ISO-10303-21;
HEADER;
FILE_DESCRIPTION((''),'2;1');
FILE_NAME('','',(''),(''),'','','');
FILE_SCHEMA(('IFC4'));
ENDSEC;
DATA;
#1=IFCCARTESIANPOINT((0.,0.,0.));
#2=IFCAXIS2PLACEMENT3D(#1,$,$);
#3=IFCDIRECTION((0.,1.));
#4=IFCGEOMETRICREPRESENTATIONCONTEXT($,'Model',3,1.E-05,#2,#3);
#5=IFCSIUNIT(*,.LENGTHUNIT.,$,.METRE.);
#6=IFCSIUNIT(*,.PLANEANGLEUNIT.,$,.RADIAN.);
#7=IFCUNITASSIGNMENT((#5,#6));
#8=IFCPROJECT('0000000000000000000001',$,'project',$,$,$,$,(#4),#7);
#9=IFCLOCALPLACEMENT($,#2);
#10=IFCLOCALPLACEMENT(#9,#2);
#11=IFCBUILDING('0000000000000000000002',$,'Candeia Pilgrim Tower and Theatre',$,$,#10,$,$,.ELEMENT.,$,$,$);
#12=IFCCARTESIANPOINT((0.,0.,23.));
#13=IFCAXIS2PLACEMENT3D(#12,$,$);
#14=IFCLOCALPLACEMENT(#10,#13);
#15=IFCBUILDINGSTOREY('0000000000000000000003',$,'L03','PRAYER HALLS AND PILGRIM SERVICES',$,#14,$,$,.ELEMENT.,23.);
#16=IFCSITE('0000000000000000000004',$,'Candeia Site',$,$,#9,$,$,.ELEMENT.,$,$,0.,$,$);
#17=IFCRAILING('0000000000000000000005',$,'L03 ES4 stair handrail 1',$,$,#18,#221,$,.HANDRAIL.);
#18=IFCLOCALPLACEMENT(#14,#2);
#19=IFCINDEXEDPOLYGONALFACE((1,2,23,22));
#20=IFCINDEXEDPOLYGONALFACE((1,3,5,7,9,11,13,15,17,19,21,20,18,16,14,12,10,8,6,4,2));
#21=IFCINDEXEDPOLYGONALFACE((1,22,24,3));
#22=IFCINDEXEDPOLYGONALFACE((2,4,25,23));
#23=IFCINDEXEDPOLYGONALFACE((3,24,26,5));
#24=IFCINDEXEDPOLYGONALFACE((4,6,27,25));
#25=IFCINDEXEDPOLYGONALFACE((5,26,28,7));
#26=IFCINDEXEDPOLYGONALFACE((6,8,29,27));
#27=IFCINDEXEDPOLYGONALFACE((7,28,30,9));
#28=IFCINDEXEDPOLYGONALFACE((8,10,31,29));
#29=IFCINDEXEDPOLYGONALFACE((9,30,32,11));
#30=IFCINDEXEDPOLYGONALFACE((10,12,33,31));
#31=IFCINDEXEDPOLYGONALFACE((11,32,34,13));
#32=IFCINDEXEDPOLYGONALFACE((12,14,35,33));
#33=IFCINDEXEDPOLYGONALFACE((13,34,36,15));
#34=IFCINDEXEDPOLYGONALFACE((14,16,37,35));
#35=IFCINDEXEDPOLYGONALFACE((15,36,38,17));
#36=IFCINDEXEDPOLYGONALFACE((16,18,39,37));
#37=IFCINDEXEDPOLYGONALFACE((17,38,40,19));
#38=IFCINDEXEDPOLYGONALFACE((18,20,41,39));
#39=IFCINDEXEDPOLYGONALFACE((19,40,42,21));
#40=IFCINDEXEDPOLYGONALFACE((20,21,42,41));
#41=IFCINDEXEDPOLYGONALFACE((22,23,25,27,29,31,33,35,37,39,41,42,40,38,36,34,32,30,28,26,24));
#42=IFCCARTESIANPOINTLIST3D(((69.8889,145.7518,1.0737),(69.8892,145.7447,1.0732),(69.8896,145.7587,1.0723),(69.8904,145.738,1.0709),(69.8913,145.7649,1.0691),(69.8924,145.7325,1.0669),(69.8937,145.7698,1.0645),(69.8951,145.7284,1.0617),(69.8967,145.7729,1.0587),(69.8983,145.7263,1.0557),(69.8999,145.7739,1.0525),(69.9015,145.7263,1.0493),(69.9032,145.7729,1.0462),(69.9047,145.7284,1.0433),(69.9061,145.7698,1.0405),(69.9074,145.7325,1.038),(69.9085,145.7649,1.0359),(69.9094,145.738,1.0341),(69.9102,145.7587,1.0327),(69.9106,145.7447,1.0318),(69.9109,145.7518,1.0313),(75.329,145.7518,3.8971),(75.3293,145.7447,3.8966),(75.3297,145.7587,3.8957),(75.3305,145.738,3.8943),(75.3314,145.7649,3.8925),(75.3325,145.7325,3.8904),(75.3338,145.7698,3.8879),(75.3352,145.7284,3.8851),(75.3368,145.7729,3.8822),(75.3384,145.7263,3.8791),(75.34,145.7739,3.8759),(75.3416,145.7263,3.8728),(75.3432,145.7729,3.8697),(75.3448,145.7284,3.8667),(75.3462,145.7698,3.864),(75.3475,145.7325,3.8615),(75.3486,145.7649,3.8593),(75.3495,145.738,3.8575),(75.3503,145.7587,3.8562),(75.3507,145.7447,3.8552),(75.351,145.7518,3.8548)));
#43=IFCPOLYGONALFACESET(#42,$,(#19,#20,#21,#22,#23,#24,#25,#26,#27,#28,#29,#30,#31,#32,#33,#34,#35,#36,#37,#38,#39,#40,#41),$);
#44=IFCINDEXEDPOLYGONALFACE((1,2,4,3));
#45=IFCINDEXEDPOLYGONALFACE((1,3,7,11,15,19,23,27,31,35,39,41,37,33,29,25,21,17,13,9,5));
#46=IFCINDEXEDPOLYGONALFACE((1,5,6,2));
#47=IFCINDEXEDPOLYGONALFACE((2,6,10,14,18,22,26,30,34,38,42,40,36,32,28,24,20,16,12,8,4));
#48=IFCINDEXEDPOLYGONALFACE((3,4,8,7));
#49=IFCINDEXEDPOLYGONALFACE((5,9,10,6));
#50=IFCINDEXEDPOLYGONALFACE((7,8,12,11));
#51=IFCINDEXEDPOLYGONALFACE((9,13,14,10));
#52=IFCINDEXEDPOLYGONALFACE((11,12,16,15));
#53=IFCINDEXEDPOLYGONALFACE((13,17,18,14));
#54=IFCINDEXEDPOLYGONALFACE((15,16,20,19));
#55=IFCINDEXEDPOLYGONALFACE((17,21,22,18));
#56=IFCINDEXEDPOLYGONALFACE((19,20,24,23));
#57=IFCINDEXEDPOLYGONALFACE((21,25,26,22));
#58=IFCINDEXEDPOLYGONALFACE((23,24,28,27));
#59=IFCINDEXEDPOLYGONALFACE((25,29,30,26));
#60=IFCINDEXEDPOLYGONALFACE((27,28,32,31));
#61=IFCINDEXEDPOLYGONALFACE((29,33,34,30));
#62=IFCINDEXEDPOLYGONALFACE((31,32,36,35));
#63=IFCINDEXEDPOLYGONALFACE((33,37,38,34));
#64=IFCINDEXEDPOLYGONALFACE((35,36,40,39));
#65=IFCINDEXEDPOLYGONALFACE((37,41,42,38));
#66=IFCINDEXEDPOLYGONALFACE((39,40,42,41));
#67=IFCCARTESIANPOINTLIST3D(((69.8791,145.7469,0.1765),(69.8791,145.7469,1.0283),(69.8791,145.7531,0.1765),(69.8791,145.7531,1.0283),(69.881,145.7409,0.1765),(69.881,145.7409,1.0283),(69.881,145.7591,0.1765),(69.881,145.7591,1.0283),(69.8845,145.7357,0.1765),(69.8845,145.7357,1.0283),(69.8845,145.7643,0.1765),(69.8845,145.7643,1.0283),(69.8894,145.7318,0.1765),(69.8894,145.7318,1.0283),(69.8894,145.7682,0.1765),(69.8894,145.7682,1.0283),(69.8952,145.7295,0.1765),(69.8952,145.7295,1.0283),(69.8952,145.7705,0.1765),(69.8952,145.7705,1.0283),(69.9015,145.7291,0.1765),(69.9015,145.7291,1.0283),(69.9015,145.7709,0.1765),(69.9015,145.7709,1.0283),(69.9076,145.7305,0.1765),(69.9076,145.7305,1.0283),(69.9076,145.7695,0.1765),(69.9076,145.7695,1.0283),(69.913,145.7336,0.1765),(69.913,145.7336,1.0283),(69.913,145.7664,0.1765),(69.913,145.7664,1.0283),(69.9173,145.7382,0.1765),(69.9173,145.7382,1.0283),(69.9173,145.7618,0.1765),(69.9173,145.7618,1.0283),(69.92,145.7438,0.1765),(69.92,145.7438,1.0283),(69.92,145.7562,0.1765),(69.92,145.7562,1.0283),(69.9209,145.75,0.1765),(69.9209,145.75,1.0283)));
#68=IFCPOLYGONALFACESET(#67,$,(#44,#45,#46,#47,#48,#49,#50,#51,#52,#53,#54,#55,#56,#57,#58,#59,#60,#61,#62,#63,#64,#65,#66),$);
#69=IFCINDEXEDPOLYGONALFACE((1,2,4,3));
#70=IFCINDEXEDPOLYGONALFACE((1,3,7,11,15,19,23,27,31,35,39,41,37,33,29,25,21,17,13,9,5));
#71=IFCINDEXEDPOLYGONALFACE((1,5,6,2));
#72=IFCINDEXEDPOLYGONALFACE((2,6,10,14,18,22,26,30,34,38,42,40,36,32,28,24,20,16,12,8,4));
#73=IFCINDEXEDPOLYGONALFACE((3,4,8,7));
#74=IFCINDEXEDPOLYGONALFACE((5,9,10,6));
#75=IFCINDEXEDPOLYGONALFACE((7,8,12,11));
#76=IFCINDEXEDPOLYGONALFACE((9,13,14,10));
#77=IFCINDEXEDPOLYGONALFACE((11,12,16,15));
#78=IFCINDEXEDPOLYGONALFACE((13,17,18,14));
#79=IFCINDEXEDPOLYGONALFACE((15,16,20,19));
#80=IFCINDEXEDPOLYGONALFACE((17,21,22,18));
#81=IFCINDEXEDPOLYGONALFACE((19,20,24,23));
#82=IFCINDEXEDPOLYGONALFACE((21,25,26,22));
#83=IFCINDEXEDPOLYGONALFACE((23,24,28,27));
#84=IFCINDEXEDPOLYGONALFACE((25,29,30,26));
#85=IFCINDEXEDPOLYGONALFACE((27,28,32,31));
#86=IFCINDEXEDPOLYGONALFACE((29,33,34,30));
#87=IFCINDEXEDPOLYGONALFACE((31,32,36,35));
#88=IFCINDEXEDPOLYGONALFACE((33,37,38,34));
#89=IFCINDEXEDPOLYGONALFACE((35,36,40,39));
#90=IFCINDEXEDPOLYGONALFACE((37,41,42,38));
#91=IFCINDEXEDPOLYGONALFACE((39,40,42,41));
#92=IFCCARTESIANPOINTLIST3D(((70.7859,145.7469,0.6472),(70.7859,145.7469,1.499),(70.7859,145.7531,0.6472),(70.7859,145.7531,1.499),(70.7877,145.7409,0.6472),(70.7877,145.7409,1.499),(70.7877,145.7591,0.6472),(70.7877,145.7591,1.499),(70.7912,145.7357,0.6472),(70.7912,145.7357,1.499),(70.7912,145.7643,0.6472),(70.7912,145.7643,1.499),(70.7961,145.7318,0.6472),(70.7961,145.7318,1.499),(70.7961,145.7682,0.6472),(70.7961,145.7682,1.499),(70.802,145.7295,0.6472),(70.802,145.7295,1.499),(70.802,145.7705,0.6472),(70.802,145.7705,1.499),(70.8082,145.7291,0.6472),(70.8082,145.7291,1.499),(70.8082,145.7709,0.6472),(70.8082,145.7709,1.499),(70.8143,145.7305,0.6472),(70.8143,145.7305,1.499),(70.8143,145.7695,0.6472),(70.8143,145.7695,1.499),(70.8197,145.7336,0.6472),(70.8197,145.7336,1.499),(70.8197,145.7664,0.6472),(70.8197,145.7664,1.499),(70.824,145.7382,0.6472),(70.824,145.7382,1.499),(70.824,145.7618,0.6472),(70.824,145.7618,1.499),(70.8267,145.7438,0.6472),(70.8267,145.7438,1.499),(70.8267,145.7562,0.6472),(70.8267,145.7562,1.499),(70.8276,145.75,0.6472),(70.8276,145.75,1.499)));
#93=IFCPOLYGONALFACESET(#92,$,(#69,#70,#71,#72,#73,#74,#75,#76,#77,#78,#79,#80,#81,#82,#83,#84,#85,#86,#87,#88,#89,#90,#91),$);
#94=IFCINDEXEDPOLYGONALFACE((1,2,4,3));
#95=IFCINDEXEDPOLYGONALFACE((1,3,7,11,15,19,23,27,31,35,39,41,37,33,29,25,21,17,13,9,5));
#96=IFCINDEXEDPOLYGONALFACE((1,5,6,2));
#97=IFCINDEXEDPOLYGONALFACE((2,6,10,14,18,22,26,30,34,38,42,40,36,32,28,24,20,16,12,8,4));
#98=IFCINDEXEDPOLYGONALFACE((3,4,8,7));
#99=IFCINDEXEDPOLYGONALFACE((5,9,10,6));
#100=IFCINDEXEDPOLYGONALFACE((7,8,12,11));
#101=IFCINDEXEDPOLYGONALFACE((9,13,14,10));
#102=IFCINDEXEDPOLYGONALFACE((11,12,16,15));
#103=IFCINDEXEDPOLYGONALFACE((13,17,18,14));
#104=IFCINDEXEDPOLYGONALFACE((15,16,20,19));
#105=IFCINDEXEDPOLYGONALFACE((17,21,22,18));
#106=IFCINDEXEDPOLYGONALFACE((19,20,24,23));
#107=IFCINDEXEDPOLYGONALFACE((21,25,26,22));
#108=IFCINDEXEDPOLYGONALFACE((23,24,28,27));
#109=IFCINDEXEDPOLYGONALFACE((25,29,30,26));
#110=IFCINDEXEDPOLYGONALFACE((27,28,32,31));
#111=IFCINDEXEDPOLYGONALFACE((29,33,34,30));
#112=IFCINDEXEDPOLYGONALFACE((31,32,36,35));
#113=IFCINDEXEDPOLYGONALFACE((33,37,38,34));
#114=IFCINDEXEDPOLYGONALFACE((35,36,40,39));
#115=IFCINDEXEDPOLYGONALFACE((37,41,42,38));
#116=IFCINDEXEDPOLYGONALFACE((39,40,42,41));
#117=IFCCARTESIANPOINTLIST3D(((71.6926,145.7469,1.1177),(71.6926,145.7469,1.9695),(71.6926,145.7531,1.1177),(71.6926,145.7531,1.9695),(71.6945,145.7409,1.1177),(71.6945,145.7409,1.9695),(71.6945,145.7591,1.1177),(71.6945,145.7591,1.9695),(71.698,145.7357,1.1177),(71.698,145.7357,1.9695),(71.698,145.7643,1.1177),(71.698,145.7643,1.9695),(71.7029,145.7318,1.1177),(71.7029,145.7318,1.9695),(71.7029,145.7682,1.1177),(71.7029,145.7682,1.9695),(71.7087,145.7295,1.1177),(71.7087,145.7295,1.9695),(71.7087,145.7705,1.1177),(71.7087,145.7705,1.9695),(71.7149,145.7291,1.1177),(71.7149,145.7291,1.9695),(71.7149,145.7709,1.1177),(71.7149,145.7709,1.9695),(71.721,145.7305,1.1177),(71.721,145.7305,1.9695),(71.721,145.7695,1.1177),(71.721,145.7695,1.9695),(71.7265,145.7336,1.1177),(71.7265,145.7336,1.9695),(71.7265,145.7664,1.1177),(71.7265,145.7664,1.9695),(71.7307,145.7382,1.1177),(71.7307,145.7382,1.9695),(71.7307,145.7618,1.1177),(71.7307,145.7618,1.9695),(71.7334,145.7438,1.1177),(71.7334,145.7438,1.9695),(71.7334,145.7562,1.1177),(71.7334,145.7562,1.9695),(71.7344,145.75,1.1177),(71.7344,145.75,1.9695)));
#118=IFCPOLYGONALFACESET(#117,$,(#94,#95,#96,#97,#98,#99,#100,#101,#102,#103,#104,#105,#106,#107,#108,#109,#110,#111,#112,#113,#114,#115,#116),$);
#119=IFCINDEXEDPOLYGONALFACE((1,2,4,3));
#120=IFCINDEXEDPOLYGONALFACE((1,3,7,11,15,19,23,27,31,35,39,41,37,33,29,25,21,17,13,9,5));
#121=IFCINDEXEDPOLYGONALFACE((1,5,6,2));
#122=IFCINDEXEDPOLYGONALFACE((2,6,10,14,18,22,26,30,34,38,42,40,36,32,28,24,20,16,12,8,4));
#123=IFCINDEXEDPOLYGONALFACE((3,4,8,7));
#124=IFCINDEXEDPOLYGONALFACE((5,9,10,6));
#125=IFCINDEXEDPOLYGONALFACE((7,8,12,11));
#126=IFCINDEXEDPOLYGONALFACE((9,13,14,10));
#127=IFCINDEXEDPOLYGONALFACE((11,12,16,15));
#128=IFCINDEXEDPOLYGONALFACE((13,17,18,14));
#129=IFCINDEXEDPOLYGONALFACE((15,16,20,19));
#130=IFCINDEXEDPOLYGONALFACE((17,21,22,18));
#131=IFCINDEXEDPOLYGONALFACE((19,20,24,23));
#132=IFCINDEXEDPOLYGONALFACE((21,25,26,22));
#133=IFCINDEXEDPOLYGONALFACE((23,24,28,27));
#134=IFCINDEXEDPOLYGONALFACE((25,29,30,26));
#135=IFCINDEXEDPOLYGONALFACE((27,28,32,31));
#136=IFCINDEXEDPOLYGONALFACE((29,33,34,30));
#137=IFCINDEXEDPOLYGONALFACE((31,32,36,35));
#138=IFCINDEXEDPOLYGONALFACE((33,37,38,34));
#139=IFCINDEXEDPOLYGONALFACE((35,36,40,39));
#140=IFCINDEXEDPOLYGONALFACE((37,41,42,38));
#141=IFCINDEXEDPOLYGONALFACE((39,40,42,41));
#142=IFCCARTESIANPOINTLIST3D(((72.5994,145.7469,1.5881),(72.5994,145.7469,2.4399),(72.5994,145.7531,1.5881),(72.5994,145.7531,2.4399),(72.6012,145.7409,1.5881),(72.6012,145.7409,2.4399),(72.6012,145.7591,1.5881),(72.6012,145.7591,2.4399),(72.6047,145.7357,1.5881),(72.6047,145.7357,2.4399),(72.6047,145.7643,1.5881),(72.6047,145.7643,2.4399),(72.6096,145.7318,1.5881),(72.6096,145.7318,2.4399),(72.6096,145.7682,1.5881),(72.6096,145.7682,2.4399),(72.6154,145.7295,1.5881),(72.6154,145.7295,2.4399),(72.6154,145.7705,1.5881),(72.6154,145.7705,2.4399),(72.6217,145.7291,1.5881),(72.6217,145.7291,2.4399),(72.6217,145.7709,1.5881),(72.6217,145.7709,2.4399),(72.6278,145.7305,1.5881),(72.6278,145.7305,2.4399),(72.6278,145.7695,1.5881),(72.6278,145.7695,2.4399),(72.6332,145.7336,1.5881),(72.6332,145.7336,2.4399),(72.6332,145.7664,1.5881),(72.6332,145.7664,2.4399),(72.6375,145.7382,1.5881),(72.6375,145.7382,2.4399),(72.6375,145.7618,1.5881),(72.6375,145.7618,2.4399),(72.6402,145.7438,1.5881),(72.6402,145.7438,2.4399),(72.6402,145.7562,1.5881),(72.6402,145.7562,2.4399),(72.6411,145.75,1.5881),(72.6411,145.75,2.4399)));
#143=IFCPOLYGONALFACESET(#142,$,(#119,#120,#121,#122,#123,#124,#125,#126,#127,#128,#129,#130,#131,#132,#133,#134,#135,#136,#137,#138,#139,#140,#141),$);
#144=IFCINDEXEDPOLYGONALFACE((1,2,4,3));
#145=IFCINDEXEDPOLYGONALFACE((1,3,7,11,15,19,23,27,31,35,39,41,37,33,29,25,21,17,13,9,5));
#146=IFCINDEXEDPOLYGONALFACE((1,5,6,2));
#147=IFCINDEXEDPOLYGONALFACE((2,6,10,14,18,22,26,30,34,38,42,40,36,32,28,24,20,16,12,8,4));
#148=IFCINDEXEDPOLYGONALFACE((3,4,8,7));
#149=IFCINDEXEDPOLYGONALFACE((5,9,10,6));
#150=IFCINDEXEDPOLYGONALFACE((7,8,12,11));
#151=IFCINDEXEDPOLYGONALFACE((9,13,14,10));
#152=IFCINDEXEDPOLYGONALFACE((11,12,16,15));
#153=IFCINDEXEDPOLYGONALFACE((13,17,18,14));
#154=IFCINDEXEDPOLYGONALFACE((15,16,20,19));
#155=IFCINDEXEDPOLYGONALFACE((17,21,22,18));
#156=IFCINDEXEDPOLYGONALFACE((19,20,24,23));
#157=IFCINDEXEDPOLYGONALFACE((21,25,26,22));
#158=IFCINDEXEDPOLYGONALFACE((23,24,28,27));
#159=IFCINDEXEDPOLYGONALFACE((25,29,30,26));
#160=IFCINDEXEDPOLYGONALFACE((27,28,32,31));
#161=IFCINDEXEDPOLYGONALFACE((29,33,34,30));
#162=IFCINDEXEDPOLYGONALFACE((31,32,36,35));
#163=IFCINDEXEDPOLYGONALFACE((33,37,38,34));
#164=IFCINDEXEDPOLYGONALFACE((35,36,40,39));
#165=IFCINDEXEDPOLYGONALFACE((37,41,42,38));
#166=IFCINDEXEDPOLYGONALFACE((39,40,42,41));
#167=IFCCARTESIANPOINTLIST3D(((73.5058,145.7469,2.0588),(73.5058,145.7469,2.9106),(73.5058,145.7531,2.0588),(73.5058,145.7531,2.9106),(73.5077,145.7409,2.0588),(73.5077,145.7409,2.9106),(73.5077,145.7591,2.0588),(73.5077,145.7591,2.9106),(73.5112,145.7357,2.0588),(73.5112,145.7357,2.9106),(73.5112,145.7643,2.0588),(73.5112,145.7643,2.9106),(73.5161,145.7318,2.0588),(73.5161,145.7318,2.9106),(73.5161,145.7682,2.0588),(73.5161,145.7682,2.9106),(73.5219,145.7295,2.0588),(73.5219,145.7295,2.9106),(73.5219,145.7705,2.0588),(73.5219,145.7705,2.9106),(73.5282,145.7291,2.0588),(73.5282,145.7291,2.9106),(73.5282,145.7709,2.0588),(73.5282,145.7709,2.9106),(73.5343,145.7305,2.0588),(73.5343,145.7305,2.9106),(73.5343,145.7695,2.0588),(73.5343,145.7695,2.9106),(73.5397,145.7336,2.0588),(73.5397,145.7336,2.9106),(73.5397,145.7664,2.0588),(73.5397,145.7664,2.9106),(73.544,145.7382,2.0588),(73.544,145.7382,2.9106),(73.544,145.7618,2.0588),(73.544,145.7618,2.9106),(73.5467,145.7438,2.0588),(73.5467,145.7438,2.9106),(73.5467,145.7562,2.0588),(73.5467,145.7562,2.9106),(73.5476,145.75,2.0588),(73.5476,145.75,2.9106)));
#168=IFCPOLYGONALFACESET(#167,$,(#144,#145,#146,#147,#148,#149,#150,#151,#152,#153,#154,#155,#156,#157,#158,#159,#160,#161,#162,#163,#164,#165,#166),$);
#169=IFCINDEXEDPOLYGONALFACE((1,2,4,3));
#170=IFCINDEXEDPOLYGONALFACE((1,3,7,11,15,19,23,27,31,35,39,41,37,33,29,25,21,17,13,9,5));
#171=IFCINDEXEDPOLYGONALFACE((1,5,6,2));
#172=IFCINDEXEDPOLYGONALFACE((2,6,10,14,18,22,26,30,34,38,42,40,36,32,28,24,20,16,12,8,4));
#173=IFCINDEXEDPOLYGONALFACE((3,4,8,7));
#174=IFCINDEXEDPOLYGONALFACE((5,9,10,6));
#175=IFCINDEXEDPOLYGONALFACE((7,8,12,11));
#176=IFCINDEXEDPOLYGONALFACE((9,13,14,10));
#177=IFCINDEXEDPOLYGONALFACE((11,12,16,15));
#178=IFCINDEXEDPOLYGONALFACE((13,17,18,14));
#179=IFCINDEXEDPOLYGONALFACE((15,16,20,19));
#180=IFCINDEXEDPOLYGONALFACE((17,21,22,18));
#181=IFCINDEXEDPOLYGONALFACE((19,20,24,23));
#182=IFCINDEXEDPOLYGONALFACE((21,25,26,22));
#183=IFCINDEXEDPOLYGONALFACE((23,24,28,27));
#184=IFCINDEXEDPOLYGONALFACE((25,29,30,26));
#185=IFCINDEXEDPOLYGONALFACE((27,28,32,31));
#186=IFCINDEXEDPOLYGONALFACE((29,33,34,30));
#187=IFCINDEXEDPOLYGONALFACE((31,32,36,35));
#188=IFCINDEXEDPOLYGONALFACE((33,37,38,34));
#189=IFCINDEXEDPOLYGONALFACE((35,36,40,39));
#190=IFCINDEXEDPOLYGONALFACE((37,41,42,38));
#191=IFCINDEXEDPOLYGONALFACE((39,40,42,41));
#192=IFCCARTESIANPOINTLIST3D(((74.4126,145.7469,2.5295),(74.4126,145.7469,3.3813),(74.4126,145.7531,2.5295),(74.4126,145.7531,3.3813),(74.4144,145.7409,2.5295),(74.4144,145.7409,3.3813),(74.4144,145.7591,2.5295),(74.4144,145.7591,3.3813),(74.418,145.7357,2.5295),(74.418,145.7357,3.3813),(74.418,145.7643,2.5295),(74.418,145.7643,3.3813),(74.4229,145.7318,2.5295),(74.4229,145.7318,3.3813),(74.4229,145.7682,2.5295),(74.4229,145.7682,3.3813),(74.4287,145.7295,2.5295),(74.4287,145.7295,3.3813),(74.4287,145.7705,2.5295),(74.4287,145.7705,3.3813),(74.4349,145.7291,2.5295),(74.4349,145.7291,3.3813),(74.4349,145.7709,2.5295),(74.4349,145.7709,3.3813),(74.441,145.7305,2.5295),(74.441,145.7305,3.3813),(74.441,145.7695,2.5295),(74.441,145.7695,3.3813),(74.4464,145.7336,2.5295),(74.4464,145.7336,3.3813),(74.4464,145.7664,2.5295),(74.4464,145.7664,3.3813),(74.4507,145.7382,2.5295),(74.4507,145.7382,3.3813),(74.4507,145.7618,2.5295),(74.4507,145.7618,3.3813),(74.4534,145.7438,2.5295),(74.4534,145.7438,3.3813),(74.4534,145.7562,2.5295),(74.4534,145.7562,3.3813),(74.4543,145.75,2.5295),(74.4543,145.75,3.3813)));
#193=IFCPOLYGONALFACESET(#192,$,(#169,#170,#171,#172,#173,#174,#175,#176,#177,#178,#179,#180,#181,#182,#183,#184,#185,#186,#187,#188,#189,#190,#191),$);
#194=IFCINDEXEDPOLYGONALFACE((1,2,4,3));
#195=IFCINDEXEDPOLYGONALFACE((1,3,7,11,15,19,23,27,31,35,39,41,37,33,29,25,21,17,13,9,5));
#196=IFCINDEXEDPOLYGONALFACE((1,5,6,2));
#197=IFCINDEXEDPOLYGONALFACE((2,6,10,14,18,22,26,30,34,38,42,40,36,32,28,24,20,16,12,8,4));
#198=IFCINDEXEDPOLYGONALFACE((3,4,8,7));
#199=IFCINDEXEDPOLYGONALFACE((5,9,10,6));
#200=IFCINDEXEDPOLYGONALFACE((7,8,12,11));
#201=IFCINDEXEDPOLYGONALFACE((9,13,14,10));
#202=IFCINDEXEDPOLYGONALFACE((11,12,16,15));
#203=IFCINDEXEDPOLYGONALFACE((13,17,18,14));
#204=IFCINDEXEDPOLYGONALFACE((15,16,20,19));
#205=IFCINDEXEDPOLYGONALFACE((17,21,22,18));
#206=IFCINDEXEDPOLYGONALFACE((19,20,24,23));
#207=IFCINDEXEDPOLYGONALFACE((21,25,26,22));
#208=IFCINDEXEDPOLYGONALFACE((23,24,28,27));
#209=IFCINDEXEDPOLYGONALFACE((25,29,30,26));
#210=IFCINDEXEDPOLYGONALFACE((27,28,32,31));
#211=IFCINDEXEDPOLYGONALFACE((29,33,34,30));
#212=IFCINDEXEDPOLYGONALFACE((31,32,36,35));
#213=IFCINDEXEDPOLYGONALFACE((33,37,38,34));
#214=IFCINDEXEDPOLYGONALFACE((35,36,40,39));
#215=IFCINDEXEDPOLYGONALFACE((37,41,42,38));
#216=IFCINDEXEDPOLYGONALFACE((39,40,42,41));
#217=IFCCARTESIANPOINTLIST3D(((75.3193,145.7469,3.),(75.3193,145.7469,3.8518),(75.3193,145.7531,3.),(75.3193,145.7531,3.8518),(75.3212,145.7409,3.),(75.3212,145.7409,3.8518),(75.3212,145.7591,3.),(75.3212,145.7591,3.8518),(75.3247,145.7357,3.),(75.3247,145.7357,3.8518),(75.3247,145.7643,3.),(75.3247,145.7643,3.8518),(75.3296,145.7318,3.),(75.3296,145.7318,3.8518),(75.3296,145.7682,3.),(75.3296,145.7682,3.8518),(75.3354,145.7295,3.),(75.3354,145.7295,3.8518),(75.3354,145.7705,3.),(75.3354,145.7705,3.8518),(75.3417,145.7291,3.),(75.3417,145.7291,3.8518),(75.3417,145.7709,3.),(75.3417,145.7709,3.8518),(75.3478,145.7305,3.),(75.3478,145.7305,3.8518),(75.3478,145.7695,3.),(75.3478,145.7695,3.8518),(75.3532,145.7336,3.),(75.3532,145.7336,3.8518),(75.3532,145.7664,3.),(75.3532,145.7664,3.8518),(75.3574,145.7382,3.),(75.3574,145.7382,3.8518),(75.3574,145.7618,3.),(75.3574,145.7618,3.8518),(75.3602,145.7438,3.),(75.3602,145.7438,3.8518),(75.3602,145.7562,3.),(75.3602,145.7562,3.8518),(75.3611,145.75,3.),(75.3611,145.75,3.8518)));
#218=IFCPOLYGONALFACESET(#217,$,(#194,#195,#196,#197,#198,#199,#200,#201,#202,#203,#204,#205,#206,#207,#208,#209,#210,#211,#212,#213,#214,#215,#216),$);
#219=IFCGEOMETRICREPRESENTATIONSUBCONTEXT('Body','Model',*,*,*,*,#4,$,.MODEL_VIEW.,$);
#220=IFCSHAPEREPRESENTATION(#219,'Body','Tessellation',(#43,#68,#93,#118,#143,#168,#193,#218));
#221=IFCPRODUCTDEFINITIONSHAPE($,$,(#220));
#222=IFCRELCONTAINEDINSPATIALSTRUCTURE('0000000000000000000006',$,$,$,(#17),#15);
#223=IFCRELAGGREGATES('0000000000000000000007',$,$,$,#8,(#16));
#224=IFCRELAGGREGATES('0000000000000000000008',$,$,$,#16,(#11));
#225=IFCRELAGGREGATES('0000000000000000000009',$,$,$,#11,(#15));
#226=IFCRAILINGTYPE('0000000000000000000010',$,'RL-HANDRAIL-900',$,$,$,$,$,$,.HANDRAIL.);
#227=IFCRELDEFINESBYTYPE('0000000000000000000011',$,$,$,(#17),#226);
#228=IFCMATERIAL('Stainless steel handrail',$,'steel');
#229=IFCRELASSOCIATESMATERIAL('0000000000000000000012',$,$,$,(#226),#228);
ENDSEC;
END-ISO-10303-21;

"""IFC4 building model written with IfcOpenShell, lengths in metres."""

from ifc_helpers import new_model, si_unit, direction, frame, origin, origin_2d, place, context, subcontext, project, spatial, circle, extrude, material, type_object, element, save


model = new_model("IFC4")

# Units and contexts
model_context = context("Model", 3, precision=1e-05, world=origin(), true_north=direction((0.0, 1.0)))
body_context = subcontext(model_context, "Body", "Model", "MODEL_VIEW")
ifc_project = project(units=[si_unit("LENGTHUNIT", "METRE"), si_unit("PLANEANGLEUNIT", "RADIAN")], contexts=[model_context])

# Site, building, storey
site_placement = place(None, origin())
site = spatial("IfcSite", under=ifc_project, at=site_placement, Name="Candeia Site", CompositionType="ELEMENT", RefElevation=0.0)
building_placement = place(site_placement, origin())
building = spatial("IfcBuilding", under=site, at=building_placement, Name="Candeia Pilgrim Tower and Theatre", CompositionType="ELEMENT")
storey_placement = place(building_placement, frame((0.0, 0.0, 23.0)))
storey = spatial("IfcBuildingStorey", under=building, at=storey_placement, Name="L03", Description="PRAYER HALLS AND PILGRIM SERVICES", CompositionType="ELEMENT", Elevation=23.0)

# Railing
ifc_material_1 = material(Name="Stainless steel handrail", Category="steel")
railing_type_1 = type_object("IfcRailingType", Name="RL-HANDRAIL-900", PredefinedType="HANDRAIL", material=ifc_material_1)
railing_1_placement = place(storey_placement, frame((69.8999, 145.75, 0.1765)))
element("IfcRailing", 1, at=railing_1_placement, inside=storey, type_object=railing_type_1, Name="L03 ES4 stair handrail 1", PredefinedType="HANDRAIL", context=body_context, shape_type="SweptSolid", body=[
    extrude(circle(Radius=0.0239, at=origin_2d()), frame((0.0, 0.0, 0.876), z_axis=(0.887578, 0.0, 0.460658), x_axis=(0.0, 1.0, 0.0)), (0.0, 0.0, 1.0), 6.1292),
    extrude(circle(Radius=0.021, at=origin_2d()), origin(), (0.0, 0.0, 1.0), 0.8518),
    extrude(circle(Radius=0.021, at=origin_2d()), frame((0.9067, 0.0, 0.4707)), (0.0, 0.0, 1.0), 0.8518),
    extrude(circle(Radius=0.021, at=origin_2d()), frame((1.8135, 0.0, 0.9412)), (0.0, 0.0, 1.0), 0.8518),
    extrude(circle(Radius=0.021, at=origin_2d()), frame((2.7202, 0.0, 1.4116)), (0.0, 0.0, 1.0), 0.8518),
    extrude(circle(Radius=0.021, at=origin_2d()), frame((3.6267, 0.0, 1.8823)), (0.0, 0.0, 1.0), 0.8518),
    extrude(circle(Radius=0.021, at=origin_2d()), frame((4.5334, 0.0, 2.353)), (0.0, 0.0, 1.0), 0.8518),
    extrude(circle(Radius=0.021, at=origin_2d()), frame((5.4402, 0.0, 2.8235)), (0.0, 0.0, 1.0), 0.8518),
])

save(model, "model.ifc")
